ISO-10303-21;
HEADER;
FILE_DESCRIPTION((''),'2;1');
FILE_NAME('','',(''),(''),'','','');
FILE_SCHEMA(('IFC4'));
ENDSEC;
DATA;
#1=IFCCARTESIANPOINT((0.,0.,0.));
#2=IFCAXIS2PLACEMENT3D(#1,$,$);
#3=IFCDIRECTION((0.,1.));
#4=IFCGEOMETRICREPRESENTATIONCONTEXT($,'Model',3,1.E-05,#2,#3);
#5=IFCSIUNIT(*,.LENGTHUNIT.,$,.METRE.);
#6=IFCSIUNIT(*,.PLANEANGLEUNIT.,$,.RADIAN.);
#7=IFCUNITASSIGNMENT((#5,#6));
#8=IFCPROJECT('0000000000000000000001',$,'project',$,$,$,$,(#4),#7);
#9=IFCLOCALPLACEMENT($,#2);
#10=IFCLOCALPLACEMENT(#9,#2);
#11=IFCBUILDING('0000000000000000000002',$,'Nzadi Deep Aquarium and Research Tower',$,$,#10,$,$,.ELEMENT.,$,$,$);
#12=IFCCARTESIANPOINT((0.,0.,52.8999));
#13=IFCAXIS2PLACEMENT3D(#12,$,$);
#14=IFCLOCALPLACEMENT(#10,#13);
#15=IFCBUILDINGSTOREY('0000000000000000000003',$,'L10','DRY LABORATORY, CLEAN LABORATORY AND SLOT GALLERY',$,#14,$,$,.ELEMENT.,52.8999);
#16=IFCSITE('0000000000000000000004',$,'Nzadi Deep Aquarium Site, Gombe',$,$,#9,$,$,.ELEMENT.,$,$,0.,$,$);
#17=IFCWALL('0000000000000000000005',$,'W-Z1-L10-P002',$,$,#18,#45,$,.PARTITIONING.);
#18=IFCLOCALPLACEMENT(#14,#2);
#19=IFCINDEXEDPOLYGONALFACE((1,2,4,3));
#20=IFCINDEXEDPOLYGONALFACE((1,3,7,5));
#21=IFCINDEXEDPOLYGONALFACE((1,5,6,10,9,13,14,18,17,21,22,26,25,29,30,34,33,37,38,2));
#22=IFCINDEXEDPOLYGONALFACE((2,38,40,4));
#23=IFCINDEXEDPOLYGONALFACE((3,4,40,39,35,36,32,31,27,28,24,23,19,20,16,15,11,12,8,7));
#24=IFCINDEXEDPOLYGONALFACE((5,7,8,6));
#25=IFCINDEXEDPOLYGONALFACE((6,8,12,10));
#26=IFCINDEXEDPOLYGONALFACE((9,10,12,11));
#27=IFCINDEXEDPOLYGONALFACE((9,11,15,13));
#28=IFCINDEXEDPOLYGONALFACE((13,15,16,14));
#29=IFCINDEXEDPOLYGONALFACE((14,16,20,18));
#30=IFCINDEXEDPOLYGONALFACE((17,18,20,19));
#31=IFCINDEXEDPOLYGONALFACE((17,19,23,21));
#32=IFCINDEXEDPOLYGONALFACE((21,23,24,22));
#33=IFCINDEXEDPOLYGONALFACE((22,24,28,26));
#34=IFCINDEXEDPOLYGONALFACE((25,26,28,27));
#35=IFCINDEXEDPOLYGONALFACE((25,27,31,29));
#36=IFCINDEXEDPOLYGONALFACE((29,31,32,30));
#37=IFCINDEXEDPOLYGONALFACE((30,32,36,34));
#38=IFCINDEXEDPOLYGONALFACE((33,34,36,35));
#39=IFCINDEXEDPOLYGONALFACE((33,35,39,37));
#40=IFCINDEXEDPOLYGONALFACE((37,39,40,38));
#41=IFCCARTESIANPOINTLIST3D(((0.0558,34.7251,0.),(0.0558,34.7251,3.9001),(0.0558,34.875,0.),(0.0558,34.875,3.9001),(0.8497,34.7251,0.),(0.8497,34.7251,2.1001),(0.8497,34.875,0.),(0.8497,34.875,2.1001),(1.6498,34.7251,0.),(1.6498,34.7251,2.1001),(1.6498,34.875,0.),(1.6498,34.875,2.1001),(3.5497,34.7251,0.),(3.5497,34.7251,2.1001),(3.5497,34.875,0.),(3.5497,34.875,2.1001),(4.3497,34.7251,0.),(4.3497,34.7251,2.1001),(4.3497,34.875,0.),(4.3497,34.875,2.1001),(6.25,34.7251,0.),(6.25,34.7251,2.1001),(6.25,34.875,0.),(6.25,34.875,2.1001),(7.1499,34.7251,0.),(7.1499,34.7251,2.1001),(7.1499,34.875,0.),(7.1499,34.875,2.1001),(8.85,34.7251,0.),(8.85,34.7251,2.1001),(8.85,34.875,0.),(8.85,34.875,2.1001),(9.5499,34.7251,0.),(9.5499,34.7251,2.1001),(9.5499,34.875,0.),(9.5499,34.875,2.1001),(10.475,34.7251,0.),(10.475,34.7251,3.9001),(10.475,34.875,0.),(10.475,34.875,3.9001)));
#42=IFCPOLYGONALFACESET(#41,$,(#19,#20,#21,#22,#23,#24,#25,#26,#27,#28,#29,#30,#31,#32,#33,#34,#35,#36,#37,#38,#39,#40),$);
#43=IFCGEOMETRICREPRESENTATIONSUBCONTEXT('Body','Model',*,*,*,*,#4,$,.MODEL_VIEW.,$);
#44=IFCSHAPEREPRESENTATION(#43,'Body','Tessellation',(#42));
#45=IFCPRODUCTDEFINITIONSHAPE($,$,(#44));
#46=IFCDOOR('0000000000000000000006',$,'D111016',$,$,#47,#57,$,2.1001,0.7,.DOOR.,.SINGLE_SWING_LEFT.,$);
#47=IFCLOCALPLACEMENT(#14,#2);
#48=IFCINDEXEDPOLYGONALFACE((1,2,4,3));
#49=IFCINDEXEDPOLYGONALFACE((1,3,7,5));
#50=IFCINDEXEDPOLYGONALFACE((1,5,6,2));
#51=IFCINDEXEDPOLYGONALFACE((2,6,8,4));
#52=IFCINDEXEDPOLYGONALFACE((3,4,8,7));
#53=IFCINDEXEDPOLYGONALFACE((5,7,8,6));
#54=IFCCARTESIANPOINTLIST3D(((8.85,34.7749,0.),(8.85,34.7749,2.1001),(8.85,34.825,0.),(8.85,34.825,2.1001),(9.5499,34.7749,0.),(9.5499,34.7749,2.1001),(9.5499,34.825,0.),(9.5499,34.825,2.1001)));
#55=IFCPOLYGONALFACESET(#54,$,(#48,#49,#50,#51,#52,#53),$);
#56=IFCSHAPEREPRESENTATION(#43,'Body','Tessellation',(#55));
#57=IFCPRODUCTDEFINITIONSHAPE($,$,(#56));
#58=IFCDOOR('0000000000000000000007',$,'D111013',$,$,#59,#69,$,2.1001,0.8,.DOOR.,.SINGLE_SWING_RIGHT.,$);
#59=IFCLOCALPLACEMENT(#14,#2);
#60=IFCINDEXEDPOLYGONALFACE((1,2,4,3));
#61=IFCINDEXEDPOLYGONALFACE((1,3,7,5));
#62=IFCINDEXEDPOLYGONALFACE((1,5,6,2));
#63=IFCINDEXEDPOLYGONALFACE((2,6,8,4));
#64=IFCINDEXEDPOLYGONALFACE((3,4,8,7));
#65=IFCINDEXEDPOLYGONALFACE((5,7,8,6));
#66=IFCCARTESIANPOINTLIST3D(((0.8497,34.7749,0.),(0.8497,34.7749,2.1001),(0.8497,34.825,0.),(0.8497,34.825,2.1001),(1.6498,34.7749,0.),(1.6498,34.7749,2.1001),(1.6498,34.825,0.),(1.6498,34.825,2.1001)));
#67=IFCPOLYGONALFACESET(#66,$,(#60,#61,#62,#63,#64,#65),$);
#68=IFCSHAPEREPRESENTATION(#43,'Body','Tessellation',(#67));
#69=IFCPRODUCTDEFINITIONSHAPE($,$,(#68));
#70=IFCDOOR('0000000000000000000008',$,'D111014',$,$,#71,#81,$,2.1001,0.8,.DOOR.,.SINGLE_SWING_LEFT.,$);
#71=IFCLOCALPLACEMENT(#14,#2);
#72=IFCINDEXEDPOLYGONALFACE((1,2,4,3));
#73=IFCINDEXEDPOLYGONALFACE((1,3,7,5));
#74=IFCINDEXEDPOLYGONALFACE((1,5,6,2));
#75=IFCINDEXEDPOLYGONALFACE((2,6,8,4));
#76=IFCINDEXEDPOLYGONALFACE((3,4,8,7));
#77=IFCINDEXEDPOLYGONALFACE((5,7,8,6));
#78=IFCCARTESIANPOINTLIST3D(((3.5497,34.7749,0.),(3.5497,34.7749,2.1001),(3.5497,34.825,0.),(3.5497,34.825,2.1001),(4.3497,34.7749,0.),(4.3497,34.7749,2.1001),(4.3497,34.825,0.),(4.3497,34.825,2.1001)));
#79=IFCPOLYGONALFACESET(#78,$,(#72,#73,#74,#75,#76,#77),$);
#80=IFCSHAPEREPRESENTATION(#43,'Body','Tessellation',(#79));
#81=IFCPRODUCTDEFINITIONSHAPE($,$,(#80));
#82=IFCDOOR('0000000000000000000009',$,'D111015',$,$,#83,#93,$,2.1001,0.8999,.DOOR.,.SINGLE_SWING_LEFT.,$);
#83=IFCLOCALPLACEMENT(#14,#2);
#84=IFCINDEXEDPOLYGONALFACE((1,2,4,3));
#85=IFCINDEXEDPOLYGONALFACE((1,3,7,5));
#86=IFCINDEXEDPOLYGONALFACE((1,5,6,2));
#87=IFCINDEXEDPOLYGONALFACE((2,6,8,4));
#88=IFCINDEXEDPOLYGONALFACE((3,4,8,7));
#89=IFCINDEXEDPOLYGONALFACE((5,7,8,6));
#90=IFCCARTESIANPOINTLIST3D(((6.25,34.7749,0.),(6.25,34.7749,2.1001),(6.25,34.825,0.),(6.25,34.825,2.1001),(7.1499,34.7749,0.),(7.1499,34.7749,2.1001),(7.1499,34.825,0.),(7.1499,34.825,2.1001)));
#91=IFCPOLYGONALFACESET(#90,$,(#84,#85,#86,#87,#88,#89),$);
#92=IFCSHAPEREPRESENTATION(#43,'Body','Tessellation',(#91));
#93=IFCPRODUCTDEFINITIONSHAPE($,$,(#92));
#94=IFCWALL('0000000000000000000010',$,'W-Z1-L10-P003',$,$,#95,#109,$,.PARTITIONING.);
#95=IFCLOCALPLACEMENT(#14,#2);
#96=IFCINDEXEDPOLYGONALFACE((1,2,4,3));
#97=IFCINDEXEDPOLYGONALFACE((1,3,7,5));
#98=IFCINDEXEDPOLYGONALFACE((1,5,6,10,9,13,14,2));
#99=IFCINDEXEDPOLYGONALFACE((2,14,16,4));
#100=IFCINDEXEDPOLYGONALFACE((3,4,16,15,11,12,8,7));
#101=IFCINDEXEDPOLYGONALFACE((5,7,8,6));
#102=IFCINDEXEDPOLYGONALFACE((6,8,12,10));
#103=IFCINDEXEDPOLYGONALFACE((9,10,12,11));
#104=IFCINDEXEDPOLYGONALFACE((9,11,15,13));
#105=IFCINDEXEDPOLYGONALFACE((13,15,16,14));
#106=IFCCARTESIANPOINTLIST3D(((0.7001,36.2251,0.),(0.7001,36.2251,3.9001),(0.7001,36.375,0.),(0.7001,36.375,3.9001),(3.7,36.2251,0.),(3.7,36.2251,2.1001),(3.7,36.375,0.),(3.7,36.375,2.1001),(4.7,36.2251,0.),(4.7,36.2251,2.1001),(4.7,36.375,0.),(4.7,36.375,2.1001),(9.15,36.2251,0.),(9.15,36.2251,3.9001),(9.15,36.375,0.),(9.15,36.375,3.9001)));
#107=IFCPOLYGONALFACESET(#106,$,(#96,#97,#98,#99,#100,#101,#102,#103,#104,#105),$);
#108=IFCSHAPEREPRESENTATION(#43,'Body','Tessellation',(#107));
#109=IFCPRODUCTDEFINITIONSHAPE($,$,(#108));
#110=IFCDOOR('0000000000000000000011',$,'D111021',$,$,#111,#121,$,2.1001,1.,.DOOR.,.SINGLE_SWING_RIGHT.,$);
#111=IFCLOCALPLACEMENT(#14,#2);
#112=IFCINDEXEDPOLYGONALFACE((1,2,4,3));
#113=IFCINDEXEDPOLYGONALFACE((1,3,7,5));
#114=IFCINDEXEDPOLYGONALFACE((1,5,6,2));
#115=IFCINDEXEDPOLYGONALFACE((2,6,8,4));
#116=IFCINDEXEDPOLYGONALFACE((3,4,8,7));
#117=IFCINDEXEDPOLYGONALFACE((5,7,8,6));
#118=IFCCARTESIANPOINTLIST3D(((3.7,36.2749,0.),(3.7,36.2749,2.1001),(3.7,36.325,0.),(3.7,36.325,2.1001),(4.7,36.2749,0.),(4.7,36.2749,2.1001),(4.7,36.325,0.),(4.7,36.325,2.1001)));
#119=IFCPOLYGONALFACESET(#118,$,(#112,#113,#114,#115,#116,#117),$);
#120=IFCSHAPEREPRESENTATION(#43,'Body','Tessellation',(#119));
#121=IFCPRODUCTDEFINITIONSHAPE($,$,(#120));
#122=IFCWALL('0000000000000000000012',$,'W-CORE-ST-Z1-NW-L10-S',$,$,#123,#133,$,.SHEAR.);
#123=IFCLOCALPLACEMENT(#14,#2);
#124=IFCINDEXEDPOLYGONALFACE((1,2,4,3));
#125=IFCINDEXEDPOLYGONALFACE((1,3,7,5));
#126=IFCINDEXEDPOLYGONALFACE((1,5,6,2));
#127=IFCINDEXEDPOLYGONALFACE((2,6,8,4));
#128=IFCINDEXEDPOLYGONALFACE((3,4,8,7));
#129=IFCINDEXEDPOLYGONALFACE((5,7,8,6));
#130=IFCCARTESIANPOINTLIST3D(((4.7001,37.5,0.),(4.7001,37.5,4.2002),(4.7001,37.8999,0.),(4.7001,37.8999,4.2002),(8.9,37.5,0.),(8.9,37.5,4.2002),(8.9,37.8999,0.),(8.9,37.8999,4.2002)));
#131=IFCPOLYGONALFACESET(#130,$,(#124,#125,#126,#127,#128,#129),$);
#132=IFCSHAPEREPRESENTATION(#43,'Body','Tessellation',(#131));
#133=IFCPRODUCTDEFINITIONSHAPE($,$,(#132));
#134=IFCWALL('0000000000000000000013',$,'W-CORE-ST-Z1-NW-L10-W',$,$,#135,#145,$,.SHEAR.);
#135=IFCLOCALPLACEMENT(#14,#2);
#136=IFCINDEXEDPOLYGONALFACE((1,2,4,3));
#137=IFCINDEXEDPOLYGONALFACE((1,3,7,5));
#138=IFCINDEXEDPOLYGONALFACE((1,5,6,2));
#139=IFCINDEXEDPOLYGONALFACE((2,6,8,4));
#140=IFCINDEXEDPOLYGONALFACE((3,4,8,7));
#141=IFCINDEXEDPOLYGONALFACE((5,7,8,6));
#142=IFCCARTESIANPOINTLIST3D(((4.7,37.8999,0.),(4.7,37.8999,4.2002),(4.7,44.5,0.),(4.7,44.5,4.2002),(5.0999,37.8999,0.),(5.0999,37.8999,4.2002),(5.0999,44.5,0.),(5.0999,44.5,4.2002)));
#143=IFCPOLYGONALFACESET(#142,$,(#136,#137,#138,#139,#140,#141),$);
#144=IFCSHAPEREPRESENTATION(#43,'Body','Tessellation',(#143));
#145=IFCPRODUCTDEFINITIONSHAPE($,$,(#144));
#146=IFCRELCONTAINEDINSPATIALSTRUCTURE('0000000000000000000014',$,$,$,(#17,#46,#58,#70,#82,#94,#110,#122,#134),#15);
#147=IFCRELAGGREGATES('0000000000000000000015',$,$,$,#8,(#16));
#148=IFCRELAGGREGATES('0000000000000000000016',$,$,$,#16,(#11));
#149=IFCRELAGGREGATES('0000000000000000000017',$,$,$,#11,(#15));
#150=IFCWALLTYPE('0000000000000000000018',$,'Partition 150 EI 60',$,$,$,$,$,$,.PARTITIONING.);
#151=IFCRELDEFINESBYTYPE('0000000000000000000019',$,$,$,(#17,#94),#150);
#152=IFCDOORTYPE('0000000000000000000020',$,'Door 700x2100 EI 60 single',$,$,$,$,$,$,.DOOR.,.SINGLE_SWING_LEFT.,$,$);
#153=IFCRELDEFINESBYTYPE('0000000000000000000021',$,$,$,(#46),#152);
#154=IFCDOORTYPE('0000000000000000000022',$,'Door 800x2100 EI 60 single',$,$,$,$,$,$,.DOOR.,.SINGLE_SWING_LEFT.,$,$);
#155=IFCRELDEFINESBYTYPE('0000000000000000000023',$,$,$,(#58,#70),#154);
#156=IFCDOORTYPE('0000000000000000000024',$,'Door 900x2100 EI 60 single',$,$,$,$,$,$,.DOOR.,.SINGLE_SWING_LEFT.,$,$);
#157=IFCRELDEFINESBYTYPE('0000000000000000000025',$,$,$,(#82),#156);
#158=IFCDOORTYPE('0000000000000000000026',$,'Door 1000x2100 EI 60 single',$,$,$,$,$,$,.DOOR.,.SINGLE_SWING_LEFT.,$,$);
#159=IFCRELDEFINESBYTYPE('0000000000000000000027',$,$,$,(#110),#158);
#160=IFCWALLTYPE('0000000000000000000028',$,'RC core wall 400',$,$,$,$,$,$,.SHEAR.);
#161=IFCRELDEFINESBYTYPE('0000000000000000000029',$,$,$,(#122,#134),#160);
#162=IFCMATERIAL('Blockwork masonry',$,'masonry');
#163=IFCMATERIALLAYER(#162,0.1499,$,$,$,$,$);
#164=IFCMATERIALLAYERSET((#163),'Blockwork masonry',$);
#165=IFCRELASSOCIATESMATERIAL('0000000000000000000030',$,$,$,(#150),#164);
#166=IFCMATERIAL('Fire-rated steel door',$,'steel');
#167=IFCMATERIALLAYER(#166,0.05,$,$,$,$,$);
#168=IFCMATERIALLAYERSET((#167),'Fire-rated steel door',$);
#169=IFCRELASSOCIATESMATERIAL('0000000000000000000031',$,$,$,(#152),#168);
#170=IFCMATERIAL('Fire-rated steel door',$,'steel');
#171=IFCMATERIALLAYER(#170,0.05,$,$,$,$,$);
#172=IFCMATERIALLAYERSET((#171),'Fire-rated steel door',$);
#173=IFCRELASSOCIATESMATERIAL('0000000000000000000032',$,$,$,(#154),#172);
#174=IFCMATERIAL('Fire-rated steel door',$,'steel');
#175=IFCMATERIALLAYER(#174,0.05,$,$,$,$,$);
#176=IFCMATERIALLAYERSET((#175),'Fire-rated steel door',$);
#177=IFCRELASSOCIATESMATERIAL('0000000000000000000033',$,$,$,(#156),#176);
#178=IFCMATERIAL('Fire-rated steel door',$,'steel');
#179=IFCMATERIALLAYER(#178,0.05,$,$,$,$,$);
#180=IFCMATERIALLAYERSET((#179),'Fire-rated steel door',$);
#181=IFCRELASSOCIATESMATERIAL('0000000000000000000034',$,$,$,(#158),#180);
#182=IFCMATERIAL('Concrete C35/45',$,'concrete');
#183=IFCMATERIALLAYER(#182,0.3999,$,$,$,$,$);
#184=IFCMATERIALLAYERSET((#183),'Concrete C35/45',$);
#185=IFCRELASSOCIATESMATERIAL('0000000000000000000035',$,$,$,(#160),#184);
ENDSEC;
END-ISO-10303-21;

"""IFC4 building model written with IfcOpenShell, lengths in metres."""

from ifc_helpers import new_model, si_unit, direction, frame, frame_2d, origin, place, context, subcontext, project, spatial, rectangle, extrude, material, layer, layer_set, type_object, element, fill, save


model = new_model("IFC4")

# Units and contexts
model_context = context("Model", 3, precision=1e-05, world=origin(), true_north=direction((0.0, 1.0)))
body_context = subcontext(model_context, "Body", "Model", "MODEL_VIEW")
ifc_project = project(units=[si_unit("LENGTHUNIT", "METRE"), si_unit("PLANEANGLEUNIT", "RADIAN")], contexts=[model_context])

# Site, building, storey
site_placement = place(None, origin())
site = spatial("IfcSite", under=ifc_project, at=site_placement, Name="Nzadi Deep Aquarium Site, Gombe", CompositionType="ELEMENT", RefElevation=0.0)
building_placement = place(site_placement, origin())
building = spatial("IfcBuilding", under=site, at=building_placement, Name="Nzadi Deep Aquarium and Research Tower", CompositionType="ELEMENT")
storey_placement = place(building_placement, frame((0.0, 0.0, 52.8999)))
storey = spatial("IfcBuildingStorey", under=building, at=storey_placement, Name="L10", Description="DRY LABORATORY, CLEAN LABORATORY AND SLOT GALLERY", CompositionType="ELEMENT", Elevation=52.8999)

# Wall, openings, doors
ifc_material_1 = material(Name="Blockwork masonry", Category="masonry")
ifc_layer_1 = layer(ifc_material_1, 0.1499)
ifc_layer_set_1 = layer_set([ifc_layer_1], Name="Blockwork masonry")
wall_type_1 = type_object("IfcWallType", Name="Partition 150 EI 60", PredefinedType="PARTITIONING", material=ifc_layer_set_1)
wall_1_placement = place(storey_placement, frame((0.0559, 34.8, 0.0), z_axis=(0.0, 0.0, 1.0), x_axis=(1.0, 0.0, 0.0)))
wall_1 = element("IfcWall", 1, at=wall_1_placement, inside=storey, type_object=wall_type_1, Name="W-Z1-L10-P002", PredefinedType="PARTITIONING", context=body_context, shape_type="SweptSolid", body=[
    extrude(rectangle(XDim=10.4192, YDim=0.1499, at=frame_2d((5.2095, 0.0))), origin(), (0.0, 0.0, 1.0), 3.9001),
])
opening_1_placement = place(wall_1_placement, frame((0.7939, 0.0, 0.0)))
opening_1 = element("IfcOpeningElement", 2, at=opening_1_placement, cuts=wall_1, PredefinedType="OPENING", context=body_context, shape_type="SweptSolid", body=[
    extrude(rectangle(XDim=0.8, YDim=2.1001, at=frame_2d((0.3999, 1.05))), frame((0.0, 0.085, 0.0), z_axis=(0.0, -1.0, 0.0), x_axis=(1.0, 0.0, 0.0)), (0.0, 0.0, 1.0), 0.1699),
])
opening_2_placement = place(wall_1_placement, frame((3.4939, 0.0, 0.0)))
opening_2 = element("IfcOpeningElement", 3, at=opening_2_placement, cuts=wall_1, PredefinedType="OPENING", context=body_context, shape_type="SweptSolid", body=[
    extrude(rectangle(XDim=0.8, YDim=2.1001, at=frame_2d((0.3999, 1.05))), frame((0.0, 0.085, 0.0), z_axis=(0.0, -1.0, 0.0), x_axis=(1.0, 0.0, 0.0)), (0.0, 0.0, 1.0), 0.1699),
])
opening_3_placement = place(wall_1_placement, frame((6.1941, 0.0, 0.0)))
opening_3 = element("IfcOpeningElement", 4, at=opening_3_placement, cuts=wall_1, PredefinedType="OPENING", context=body_context, shape_type="SweptSolid", body=[
    extrude(rectangle(XDim=0.8999, YDim=2.1001, at=frame_2d((0.45, 1.05))), frame((0.0, 0.085, 0.0), z_axis=(0.0, -1.0, 0.0), x_axis=(1.0, 0.0, 0.0)), (0.0, 0.0, 1.0), 0.1699),
])
opening_4_placement = place(wall_1_placement, frame((8.7939, 0.0, 0.0)))
opening_4 = element("IfcOpeningElement", 5, at=opening_4_placement, cuts=wall_1, PredefinedType="OPENING", context=body_context, shape_type="SweptSolid", body=[
    extrude(rectangle(XDim=0.7, YDim=2.1001, at=frame_2d((0.3501, 1.05))), frame((0.0, 0.085, 0.0), z_axis=(0.0, -1.0, 0.0), x_axis=(1.0, 0.0, 0.0)), (0.0, 0.0, 1.0), 0.1699),
])
ifc_material_2 = material(Name="Fire-rated steel door", Category="steel")
ifc_layer_2 = layer(ifc_material_2, 0.05)
ifc_layer_set_2 = layer_set([ifc_layer_2], Name="Fire-rated steel door")
door_type_1 = type_object("IfcDoorType", Name="Door 700x2100 EI 60 single", OperationType="SINGLE_SWING_LEFT", PredefinedType="DOOR", material=ifc_layer_set_2)
door_1_placement = place(opening_4_placement, origin())
door_1 = element("IfcDoor", 6, at=door_1_placement, inside=storey, type_object=door_type_1, Name="D111016", OperationType="SINGLE_SWING_LEFT", OverallHeight=2.1001, OverallWidth=0.7, PredefinedType="DOOR", context=body_context, shape_type="SweptSolid", body=[
    extrude(rectangle(XDim=0.7, YDim=2.1001, at=frame_2d((0.3501, 1.05))), frame((0.0, 0.0249, 0.0), z_axis=(0.0, -1.0, 0.0), x_axis=(1.0, 0.0, 0.0)), (0.0, 0.0, 1.0), 0.05),
])
fill(opening_4, door_1)
ifc_material_3 = material(Name="Fire-rated steel door", Category="steel")
ifc_layer_3 = layer(ifc_material_3, 0.05)
ifc_layer_set_3 = layer_set([ifc_layer_3], Name="Fire-rated steel door")
door_type_2 = type_object("IfcDoorType", Name="Door 800x2100 EI 60 single", OperationType="SINGLE_SWING_LEFT", PredefinedType="DOOR", material=ifc_layer_set_3)
door_2_placement = place(opening_1_placement, origin())
door_2 = element("IfcDoor", 7, at=door_2_placement, inside=storey, type_object=door_type_2, Name="D111013", OperationType="SINGLE_SWING_RIGHT", OverallHeight=2.1001, OverallWidth=0.8, PredefinedType="DOOR", context=body_context, shape_type="SweptSolid", body=[
    extrude(rectangle(XDim=0.8, YDim=2.1001, at=frame_2d((0.3999, 1.05))), frame((0.0, 0.0249, 0.0), z_axis=(0.0, -1.0, 0.0), x_axis=(1.0, 0.0, 0.0)), (0.0, 0.0, 1.0), 0.05),
])
fill(opening_1, door_2)
door_3_placement = place(opening_2_placement, origin())
door_3 = element("IfcDoor", 8, at=door_3_placement, inside=storey, type_object=door_type_2, Name="D111014", OperationType="SINGLE_SWING_LEFT", OverallHeight=2.1001, OverallWidth=0.8, PredefinedType="DOOR", context=body_context, shape_type="SweptSolid", body=[
    extrude(rectangle(XDim=0.8, YDim=2.1001, at=frame_2d((0.3999, 1.05))), frame((0.0, 0.0249, 0.0), z_axis=(0.0, -1.0, 0.0), x_axis=(1.0, 0.0, 0.0)), (0.0, 0.0, 1.0), 0.05),
])
fill(opening_2, door_3)
ifc_material_4 = material(Name="Fire-rated steel door", Category="steel")
ifc_layer_4 = layer(ifc_material_4, 0.05)
ifc_layer_set_4 = layer_set([ifc_layer_4], Name="Fire-rated steel door")
door_type_3 = type_object("IfcDoorType", Name="Door 900x2100 EI 60 single", OperationType="SINGLE_SWING_LEFT", PredefinedType="DOOR", material=ifc_layer_set_4)
door_4_placement = place(opening_3_placement, origin())
door_4 = element("IfcDoor", 9, at=door_4_placement, inside=storey, type_object=door_type_3, Name="D111015", OperationType="SINGLE_SWING_LEFT", OverallHeight=2.1001, OverallWidth=0.8999, PredefinedType="DOOR", context=body_context, shape_type="SweptSolid", body=[
    extrude(rectangle(XDim=0.8999, YDim=2.1001, at=frame_2d((0.45, 1.05))), frame((0.0, 0.0249, 0.0), z_axis=(0.0, -1.0, 0.0), x_axis=(1.0, 0.0, 0.0)), (0.0, 0.0, 1.0), 0.05),
])
fill(opening_3, door_4)

# Wall, opening, door
wall_2_placement = place(storey_placement, frame((0.7, 36.3, 0.0), z_axis=(0.0, 0.0, 1.0), x_axis=(1.0, 0.0, 0.0)))
wall_2 = element("IfcWall", 10, at=wall_2_placement, inside=storey, type_object=wall_type_1, Name="W-Z1-L10-P003", PredefinedType="PARTITIONING", context=body_context, shape_type="SweptSolid", body=[
    extrude(rectangle(XDim=8.45, YDim=0.1499, at=frame_2d((4.2251, 0.0))), origin(), (0.0, 0.0, 1.0), 3.9001),
])
opening_5_placement = place(wall_2_placement, frame((3.0, 0.0, 0.0)))
opening_5 = element("IfcOpeningElement", 11, at=opening_5_placement, cuts=wall_2, PredefinedType="OPENING", context=body_context, shape_type="SweptSolid", body=[
    extrude(rectangle(XDim=1.0, YDim=2.1001, at=frame_2d((0.5, 1.05))), frame((0.0, 0.085, 0.0), z_axis=(0.0, -1.0, 0.0), x_axis=(1.0, 0.0, 0.0)), (0.0, 0.0, 1.0), 0.1699),
])
ifc_material_5 = material(Name="Fire-rated steel door", Category="steel")
ifc_layer_5 = layer(ifc_material_5, 0.05)
ifc_layer_set_5 = layer_set([ifc_layer_5], Name="Fire-rated steel door")
door_type_4 = type_object("IfcDoorType", Name="Door 1000x2100 EI 60 single", OperationType="SINGLE_SWING_LEFT", PredefinedType="DOOR", material=ifc_layer_set_5)
door_5_placement = place(opening_5_placement, origin())
door_5 = element("IfcDoor", 12, at=door_5_placement, inside=storey, type_object=door_type_4, Name="D111021", OperationType="SINGLE_SWING_RIGHT", OverallHeight=2.1001, OverallWidth=1.0, PredefinedType="DOOR", context=body_context, shape_type="SweptSolid", body=[
    extrude(rectangle(XDim=1.0, YDim=2.1001, at=frame_2d((0.5, 1.05))), frame((0.0, 0.0249, 0.0), z_axis=(0.0, -1.0, 0.0), x_axis=(1.0, 0.0, 0.0)), (0.0, 0.0, 1.0), 0.05),
])
fill(opening_5, door_5)

# Walls
ifc_material_6 = material(Name="Concrete C35/45", Category="concrete")
ifc_layer_6 = layer(ifc_material_6, 0.3999)
ifc_layer_set_6 = layer_set([ifc_layer_6], Name="Concrete C35/45")
wall_type_2 = type_object("IfcWallType", Name="RC core wall 400", PredefinedType="SHEAR", material=ifc_layer_set_6)
wall_3_placement = place(storey_placement, frame((4.7, 37.7, 0.0), z_axis=(0.0, 0.0, 1.0), x_axis=(1.0, 0.0, 0.0)))
element("IfcWall", 13, at=wall_3_placement, inside=storey, type_object=wall_type_2, Name="W-CORE-ST-Z1-NW-L10-S", PredefinedType="SHEAR", context=body_context, shape_type="SweptSolid", body=[
    extrude(rectangle(XDim=4.2, YDim=0.3999, at=frame_2d((2.1001, 0.0))), origin(), (0.0, 0.0, 1.0), 4.2002),
])
wall_4_placement = place(storey_placement, frame((4.8999, 37.8999, 0.0), z_axis=(0.0, 0.0, 1.0), x_axis=(0.0, 1.0, 0.0)))
element("IfcWall", 14, at=wall_4_placement, inside=storey, type_object=wall_type_2, Name="W-CORE-ST-Z1-NW-L10-W", PredefinedType="SHEAR", context=body_context, shape_type="SweptSolid", body=[
    extrude(rectangle(XDim=6.6001, YDim=0.3999, at=frame_2d((3.3, 0.0))), origin(), (0.0, 0.0, 1.0), 4.2002),
])

save(model, "model.ifc")
